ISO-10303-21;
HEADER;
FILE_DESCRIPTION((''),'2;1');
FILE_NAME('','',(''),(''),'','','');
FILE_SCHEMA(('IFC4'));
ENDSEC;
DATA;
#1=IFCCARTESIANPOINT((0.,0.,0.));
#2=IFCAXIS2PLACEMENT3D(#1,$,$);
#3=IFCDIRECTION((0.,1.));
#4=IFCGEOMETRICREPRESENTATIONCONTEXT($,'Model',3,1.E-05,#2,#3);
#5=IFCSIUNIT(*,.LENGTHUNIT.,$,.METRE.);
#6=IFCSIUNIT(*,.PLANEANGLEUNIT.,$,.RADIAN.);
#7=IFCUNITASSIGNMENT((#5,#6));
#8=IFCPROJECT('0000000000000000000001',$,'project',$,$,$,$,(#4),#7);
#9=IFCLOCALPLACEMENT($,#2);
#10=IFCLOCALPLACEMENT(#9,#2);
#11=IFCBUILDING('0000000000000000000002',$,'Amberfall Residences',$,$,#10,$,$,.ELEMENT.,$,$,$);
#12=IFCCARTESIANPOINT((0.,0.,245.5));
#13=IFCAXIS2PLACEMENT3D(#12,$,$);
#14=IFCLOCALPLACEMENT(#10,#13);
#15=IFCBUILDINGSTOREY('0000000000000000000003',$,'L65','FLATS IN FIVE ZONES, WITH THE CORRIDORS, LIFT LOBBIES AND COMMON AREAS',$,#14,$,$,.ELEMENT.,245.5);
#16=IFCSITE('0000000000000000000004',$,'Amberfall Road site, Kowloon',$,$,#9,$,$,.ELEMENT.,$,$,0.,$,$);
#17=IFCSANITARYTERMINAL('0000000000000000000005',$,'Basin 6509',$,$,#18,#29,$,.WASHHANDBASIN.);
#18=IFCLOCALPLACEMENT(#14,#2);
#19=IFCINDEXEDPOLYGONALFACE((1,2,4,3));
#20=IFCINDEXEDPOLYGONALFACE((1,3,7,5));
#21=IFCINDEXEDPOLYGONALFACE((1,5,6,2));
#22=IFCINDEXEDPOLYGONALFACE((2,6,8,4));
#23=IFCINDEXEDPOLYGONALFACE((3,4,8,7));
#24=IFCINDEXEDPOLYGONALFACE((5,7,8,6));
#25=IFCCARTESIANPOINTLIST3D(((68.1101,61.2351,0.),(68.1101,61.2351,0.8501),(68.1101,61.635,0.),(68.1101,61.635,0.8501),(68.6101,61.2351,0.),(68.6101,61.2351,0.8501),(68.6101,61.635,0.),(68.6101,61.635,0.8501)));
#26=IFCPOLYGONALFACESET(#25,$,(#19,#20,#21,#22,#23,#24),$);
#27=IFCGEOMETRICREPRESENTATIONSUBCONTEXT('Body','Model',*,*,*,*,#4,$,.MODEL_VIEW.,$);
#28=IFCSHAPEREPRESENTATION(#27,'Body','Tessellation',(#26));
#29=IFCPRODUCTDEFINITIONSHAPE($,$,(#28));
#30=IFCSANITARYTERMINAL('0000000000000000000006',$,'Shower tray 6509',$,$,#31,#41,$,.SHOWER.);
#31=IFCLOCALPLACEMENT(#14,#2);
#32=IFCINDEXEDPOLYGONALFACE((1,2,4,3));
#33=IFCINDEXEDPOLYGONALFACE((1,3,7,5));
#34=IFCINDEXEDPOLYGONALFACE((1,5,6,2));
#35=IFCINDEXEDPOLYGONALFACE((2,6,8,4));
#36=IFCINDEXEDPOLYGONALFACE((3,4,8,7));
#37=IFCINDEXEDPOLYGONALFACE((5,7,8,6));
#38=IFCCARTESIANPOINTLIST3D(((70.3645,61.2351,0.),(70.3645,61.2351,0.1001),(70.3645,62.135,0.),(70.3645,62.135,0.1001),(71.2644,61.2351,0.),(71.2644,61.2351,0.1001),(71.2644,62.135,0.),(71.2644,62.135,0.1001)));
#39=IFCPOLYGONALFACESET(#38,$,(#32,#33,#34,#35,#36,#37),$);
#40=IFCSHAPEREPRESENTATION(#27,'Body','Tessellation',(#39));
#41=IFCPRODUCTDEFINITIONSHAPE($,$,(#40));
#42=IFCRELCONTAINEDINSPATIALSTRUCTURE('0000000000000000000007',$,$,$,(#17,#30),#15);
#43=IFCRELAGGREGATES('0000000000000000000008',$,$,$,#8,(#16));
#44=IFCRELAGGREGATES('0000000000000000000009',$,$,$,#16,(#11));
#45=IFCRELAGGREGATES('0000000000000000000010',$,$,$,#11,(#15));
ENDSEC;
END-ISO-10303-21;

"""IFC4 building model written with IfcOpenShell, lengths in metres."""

from ifc_helpers import new_model, si_unit, direction, frame, origin, origin_2d, place, context, subcontext, project, spatial, rectangle, extrude, element, save


model = new_model("IFC4")

# Units and contexts
model_context = context("Model", 3, precision=1e-05, world=origin(), true_north=direction((0.0, 1.0)))
body_context = subcontext(model_context, "Body", "Model", "MODEL_VIEW")
ifc_project = project(units=[si_unit("LENGTHUNIT", "METRE"), si_unit("PLANEANGLEUNIT", "RADIAN")], contexts=[model_context])

# Site, building, storey
site_placement = place(None, origin())
site = spatial("IfcSite", under=ifc_project, at=site_placement, Name="Amberfall Road site, Kowloon", CompositionType="ELEMENT", RefElevation=0.0)
building_placement = place(site_placement, origin())
building = spatial("IfcBuilding", under=site, at=building_placement, Name="Amberfall Residences", CompositionType="ELEMENT")
storey_placement = place(building_placement, frame((0.0, 0.0, 245.5)))
storey = spatial("IfcBuildingStorey", under=building, at=storey_placement, Name="L65", Description="FLATS IN FIVE ZONES, WITH THE CORRIDORS, LIFT LOBBIES AND COMMON AREAS", CompositionType="ELEMENT", Elevation=245.5)

# Sanitary terminals
sanitary_terminal_1_placement = place(storey_placement, frame((68.3601, 61.4351, 0.0), z_axis=(0.0, 0.0, 1.0), x_axis=(1.0, 0.0, 0.0)))
element("IfcSanitaryTerminal", 1, at=sanitary_terminal_1_placement, inside=storey, Name="Basin 6509", PredefinedType="WASHHANDBASIN", context=body_context, shape_type="SweptSolid", body=[
    extrude(rectangle(XDim=0.5, YDim=0.3999, at=origin_2d()), origin(), (0.0, 0.0, 1.0), 0.8501),
])
sanitary_terminal_2_placement = place(storey_placement, frame((70.8145, 61.6851, 0.0), z_axis=(0.0, 0.0, 1.0), x_axis=(1.0, 0.0, 0.0)))
element("IfcSanitaryTerminal", 2, at=sanitary_terminal_2_placement, inside=storey, Name="Shower tray 6509", PredefinedType="SHOWER", context=body_context, shape_type="SweptSolid", body=[
    extrude(rectangle(XDim=0.8999, YDim=0.8999, at=origin_2d()), origin(), (0.0, 0.0, 1.0), 0.1001),
])

save(model, "model.ifc")
